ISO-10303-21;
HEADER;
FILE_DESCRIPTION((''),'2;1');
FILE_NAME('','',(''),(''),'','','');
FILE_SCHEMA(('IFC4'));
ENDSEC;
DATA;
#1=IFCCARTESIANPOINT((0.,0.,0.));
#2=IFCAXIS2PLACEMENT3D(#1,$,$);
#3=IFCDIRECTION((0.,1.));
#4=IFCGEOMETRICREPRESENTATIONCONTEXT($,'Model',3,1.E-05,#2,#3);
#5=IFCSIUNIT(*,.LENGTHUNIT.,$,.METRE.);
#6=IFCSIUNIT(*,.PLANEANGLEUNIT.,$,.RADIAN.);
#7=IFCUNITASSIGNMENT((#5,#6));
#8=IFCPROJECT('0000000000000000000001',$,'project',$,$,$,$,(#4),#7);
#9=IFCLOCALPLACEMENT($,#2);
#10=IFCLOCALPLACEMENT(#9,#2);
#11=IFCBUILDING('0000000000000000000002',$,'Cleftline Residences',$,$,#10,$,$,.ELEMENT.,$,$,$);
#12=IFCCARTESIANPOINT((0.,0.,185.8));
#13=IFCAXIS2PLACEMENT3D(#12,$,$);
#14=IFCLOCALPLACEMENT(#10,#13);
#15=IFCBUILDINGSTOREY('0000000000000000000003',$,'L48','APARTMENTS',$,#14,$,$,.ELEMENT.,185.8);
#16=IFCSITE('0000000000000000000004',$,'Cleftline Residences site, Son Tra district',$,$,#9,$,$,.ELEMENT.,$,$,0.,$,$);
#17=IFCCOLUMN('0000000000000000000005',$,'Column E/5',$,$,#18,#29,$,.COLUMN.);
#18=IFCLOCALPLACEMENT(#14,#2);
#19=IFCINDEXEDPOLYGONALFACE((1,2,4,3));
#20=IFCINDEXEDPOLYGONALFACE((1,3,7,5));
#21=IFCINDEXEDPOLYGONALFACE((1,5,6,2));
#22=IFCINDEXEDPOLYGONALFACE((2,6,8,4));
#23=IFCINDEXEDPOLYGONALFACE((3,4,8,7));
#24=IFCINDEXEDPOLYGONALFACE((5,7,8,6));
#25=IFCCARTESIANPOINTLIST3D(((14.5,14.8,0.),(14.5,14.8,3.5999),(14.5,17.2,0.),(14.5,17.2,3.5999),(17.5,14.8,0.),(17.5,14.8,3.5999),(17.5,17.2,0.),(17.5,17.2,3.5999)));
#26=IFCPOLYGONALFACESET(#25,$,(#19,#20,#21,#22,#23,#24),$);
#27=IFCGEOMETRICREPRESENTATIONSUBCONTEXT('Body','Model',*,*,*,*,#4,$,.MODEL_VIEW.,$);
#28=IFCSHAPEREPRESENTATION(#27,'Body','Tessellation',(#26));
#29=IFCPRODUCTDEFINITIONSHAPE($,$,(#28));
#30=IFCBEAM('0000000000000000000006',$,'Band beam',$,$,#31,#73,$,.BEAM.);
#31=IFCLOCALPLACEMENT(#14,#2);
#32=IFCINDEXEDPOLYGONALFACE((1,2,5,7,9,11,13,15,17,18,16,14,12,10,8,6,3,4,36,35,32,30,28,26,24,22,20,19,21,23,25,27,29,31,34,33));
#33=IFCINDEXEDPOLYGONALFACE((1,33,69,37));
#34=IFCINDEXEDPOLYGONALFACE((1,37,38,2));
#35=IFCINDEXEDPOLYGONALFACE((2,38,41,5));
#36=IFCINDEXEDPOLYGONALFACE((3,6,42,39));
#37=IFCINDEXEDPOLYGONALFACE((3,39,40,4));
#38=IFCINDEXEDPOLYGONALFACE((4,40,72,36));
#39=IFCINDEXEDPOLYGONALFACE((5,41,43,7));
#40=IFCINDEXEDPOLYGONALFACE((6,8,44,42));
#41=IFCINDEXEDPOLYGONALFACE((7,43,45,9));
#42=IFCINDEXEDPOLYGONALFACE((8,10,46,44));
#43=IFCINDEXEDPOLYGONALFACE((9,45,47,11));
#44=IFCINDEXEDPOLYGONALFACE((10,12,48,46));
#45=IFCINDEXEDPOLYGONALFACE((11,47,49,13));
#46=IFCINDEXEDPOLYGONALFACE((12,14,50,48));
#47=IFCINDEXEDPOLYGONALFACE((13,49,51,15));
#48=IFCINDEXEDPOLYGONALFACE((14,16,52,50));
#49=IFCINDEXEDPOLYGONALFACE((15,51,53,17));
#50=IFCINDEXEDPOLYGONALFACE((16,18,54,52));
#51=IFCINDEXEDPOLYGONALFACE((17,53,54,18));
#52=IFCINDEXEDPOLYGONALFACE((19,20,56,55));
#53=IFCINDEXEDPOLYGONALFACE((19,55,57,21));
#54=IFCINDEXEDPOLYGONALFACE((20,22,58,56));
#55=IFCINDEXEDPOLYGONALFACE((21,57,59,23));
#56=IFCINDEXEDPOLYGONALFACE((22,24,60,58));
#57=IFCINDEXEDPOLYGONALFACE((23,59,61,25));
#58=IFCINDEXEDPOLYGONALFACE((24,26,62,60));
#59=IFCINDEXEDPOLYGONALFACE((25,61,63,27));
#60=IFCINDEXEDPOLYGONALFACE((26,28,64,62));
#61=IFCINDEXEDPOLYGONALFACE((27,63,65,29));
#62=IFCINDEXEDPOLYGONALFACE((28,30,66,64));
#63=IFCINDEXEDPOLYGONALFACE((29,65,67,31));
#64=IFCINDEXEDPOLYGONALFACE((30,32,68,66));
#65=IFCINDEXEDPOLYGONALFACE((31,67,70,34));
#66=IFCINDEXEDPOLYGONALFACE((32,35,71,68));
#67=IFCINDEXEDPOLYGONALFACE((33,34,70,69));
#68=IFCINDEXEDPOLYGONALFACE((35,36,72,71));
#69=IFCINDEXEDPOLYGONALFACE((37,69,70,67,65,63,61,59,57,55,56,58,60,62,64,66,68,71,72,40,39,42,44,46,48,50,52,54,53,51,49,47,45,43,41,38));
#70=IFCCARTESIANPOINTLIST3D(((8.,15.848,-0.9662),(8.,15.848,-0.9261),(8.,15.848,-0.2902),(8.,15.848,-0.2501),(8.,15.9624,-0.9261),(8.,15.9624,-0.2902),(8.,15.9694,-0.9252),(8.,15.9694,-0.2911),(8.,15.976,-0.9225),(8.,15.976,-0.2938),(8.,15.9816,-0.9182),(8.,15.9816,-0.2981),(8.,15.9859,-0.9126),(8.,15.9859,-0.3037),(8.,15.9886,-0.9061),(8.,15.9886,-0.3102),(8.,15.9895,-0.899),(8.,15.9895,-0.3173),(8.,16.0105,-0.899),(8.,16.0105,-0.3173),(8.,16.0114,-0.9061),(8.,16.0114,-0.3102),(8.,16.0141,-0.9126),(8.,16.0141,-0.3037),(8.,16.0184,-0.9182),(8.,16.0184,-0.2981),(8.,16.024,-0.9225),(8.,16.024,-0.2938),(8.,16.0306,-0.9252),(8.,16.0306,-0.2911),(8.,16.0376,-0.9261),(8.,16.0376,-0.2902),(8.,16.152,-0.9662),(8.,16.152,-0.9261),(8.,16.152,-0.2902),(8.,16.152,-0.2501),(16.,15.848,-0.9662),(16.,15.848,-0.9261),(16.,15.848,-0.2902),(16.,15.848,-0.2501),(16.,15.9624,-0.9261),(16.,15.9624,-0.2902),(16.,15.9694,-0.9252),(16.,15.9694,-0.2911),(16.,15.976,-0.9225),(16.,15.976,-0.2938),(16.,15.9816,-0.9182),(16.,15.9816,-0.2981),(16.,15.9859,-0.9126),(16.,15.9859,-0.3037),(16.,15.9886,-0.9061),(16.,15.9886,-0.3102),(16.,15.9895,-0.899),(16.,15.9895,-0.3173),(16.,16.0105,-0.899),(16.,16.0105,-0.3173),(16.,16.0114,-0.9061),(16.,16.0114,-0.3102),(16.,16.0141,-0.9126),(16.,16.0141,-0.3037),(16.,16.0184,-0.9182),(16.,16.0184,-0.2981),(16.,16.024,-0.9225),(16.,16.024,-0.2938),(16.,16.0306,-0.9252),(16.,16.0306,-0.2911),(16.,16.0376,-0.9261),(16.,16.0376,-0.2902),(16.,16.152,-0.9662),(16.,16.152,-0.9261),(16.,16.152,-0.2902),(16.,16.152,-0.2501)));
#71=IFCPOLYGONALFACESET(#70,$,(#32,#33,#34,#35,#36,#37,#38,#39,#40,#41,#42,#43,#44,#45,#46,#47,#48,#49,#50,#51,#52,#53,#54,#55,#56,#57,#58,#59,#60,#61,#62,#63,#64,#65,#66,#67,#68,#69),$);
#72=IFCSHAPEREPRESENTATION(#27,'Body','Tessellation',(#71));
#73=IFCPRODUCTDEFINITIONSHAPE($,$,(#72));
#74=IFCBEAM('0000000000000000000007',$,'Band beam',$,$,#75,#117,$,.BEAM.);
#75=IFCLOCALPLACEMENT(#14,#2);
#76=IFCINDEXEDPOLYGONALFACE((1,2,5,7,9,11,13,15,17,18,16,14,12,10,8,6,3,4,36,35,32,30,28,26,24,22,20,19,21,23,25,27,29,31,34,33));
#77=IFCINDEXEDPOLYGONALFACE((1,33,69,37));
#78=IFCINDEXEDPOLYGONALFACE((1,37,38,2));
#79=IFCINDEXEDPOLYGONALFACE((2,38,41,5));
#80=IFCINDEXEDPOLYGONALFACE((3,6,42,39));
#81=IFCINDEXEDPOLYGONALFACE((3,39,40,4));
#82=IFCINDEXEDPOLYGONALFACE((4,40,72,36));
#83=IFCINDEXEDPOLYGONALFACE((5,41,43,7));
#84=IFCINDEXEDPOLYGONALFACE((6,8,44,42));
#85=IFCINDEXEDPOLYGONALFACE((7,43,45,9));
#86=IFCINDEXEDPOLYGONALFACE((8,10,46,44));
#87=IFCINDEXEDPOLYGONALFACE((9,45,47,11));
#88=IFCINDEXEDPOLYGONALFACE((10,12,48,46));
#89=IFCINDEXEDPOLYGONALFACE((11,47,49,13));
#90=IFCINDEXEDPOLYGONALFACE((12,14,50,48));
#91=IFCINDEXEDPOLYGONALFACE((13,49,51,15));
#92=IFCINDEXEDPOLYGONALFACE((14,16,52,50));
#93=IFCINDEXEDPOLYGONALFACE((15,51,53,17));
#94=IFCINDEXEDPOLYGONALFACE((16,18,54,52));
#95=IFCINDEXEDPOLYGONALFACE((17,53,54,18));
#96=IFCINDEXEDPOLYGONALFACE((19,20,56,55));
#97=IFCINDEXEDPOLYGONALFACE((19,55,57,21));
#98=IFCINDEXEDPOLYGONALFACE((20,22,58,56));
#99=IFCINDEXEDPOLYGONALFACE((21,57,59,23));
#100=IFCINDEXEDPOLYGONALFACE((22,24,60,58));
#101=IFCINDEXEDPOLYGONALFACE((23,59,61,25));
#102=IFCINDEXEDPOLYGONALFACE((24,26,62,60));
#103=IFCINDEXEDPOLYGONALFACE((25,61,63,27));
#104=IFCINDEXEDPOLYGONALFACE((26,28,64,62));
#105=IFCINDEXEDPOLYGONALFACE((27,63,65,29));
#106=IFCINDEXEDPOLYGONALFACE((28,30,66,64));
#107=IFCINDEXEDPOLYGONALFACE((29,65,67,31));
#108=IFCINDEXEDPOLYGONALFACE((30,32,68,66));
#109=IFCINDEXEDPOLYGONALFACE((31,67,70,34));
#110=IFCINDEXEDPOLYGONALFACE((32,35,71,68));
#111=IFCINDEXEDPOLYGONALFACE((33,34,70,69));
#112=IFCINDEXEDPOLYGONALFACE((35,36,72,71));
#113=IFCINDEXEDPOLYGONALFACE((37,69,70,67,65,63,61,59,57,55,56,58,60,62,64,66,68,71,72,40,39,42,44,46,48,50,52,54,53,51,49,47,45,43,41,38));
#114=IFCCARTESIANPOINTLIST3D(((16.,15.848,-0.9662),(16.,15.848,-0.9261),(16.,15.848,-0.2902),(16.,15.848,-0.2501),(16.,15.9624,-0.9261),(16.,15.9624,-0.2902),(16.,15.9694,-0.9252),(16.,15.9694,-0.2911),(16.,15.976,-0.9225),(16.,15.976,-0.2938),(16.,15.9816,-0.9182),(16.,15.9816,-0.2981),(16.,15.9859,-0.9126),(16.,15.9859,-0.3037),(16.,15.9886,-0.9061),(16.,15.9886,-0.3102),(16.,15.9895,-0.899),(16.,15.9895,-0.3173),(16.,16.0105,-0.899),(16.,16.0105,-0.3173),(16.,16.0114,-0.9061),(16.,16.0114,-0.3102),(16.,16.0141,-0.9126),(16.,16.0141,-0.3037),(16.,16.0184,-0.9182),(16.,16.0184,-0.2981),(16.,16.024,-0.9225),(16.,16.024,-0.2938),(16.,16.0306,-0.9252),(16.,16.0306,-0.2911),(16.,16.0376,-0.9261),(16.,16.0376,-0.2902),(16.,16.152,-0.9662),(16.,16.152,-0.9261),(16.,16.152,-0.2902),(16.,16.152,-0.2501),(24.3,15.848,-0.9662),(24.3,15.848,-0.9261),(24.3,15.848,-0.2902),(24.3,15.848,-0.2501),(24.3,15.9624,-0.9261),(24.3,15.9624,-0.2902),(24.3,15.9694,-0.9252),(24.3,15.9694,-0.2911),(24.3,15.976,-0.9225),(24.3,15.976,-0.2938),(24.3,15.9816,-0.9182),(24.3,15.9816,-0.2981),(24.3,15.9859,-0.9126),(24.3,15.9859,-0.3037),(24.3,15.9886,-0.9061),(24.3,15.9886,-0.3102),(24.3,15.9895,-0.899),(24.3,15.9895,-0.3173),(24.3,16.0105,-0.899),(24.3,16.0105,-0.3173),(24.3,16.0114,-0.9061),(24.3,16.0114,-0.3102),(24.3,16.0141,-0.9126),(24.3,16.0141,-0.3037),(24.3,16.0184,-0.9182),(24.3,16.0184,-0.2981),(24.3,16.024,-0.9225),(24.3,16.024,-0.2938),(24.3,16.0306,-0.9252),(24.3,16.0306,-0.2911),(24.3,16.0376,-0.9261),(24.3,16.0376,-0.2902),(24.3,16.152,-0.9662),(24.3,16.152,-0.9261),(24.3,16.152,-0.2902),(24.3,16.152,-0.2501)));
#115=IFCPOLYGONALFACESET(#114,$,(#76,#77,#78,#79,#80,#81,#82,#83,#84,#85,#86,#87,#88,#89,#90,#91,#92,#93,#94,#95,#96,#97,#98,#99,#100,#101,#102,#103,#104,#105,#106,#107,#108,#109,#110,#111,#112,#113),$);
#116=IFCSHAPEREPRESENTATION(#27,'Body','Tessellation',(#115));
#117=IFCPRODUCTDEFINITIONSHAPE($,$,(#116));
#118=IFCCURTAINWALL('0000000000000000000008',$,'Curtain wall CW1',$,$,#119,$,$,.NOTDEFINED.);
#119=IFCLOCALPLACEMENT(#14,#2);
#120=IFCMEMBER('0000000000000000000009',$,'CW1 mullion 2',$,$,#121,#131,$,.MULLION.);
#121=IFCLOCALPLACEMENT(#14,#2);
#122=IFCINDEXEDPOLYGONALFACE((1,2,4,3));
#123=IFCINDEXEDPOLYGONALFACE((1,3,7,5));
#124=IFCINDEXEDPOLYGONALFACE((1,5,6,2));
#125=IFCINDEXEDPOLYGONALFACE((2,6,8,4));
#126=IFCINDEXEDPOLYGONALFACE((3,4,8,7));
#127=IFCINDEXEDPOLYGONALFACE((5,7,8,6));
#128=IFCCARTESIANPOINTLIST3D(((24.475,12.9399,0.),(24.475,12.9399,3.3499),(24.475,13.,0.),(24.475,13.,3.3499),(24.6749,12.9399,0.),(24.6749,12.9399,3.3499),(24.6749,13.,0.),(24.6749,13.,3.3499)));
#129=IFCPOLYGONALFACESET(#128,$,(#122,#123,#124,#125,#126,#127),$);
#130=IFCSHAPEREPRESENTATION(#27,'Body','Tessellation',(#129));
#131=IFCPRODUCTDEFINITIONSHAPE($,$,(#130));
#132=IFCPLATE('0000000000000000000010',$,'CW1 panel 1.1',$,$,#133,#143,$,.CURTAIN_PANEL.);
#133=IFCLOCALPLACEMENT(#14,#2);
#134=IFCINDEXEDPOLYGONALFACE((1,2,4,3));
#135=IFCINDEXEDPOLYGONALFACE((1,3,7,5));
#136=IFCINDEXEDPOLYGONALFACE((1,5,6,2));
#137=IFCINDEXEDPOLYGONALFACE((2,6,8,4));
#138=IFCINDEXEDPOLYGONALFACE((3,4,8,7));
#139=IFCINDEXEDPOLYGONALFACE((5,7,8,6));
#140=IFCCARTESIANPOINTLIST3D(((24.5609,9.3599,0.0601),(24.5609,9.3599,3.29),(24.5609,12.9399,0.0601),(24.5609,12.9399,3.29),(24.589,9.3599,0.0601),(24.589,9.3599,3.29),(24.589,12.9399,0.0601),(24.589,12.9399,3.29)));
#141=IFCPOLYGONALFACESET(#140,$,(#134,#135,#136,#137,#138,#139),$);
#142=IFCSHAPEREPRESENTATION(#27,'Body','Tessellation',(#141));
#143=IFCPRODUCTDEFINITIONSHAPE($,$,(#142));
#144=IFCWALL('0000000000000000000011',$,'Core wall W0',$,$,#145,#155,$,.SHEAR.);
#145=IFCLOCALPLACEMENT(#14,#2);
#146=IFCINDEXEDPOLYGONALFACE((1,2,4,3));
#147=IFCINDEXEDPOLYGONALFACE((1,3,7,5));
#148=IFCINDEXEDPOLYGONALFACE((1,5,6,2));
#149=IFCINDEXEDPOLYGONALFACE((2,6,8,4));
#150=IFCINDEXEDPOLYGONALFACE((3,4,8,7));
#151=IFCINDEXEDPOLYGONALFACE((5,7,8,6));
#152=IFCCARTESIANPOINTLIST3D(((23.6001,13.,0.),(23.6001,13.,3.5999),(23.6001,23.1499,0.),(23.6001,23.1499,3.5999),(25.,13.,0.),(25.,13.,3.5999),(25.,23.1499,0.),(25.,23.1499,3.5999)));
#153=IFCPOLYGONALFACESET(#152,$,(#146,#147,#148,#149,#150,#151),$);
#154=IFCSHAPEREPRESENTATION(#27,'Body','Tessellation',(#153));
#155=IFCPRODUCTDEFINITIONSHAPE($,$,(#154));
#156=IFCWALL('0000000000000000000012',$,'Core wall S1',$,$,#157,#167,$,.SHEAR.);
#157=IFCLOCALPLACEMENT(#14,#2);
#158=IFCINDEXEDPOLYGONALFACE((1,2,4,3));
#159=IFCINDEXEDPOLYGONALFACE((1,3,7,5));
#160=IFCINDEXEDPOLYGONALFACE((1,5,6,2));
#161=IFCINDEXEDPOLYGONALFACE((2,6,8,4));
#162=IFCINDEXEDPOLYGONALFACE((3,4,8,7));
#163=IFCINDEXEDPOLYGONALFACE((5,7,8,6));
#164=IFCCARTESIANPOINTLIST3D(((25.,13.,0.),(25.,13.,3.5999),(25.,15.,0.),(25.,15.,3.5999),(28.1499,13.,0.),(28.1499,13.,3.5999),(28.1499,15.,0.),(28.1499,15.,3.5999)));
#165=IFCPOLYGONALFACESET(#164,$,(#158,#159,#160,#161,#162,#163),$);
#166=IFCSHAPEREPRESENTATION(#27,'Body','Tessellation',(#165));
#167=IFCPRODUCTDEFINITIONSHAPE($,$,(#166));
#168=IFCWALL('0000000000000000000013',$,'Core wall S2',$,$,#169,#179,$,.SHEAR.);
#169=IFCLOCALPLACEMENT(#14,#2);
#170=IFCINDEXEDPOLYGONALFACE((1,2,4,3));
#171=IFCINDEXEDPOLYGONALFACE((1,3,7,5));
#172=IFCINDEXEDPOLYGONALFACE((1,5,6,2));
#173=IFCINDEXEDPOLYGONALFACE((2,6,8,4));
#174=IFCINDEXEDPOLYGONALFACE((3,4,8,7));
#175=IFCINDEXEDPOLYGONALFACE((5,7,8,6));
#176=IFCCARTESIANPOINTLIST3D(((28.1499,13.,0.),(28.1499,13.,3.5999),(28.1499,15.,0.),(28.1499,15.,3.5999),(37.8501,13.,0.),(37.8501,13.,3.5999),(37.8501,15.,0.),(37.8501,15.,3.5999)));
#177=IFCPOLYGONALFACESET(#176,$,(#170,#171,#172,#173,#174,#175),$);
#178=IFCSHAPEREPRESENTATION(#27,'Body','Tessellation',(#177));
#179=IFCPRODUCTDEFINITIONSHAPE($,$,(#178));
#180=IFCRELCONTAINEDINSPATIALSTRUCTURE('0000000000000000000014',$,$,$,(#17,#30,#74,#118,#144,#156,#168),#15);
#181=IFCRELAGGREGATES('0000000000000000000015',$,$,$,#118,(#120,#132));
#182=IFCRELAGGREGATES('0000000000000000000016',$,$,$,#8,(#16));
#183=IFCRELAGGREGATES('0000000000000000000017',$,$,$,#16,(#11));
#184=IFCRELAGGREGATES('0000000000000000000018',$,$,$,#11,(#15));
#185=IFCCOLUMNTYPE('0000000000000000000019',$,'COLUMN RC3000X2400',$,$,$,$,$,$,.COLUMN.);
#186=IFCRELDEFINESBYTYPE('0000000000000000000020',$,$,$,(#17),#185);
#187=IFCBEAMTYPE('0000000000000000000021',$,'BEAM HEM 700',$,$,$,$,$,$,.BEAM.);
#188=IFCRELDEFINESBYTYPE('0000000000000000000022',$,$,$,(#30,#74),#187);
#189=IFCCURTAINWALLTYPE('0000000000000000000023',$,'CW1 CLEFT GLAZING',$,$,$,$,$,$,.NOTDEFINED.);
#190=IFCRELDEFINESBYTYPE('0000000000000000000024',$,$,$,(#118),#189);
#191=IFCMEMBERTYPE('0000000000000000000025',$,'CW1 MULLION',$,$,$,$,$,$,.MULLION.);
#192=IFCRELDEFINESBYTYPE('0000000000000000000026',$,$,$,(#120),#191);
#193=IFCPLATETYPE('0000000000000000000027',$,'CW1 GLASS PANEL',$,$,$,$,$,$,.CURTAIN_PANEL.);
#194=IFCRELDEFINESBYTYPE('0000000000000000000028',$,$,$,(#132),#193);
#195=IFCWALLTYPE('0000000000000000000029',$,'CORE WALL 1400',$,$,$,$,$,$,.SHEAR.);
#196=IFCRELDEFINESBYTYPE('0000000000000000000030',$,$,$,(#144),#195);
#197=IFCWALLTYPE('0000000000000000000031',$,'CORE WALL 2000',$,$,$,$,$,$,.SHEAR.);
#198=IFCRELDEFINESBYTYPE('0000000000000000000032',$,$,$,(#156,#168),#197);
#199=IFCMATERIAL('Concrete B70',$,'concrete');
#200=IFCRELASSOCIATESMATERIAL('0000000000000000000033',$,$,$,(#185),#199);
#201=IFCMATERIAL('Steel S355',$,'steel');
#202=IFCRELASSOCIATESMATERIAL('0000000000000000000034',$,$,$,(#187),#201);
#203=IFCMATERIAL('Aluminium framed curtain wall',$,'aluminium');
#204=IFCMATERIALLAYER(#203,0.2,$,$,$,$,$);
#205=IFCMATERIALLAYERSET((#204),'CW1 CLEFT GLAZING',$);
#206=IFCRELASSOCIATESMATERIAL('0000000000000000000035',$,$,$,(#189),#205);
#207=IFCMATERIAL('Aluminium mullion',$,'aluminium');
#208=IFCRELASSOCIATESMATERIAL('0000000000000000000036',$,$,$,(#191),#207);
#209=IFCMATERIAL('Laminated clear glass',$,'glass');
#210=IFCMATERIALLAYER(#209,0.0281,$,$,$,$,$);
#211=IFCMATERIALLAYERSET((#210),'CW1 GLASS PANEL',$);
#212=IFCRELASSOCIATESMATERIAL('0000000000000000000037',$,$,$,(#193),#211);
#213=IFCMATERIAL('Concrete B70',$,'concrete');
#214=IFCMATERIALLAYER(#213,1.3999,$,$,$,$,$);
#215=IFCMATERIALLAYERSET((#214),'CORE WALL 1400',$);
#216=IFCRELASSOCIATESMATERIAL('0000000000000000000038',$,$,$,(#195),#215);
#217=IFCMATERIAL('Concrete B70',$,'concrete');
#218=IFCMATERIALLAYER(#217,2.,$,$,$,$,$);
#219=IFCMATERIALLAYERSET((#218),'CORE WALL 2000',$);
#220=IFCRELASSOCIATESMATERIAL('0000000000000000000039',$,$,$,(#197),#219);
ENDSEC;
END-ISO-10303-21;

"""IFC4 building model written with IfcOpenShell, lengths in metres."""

from ifc_helpers import new_model, si_unit, direction, frame, frame_2d, origin, origin_2d, place, context, subcontext, project, spatial, rectangle, i_section, extrude, material, layer, layer_set, material_profile, profile_set, type_object, element, aggregate, save


model = new_model("IFC4")

# Units and contexts
model_context = context("Model", 3, precision=1e-05, world=origin(), true_north=direction((0.0, 1.0)))
body_context = subcontext(model_context, "Body", "Model", "MODEL_VIEW")
ifc_project = project(units=[si_unit("LENGTHUNIT", "METRE"), si_unit("PLANEANGLEUNIT", "RADIAN")], contexts=[model_context])

# Site, building, storey
site_placement = place(None, origin())
site = spatial("IfcSite", under=ifc_project, at=site_placement, Name="Cleftline Residences site, Son Tra district", CompositionType="ELEMENT", RefElevation=0.0)
building_placement = place(site_placement, origin())
building = spatial("IfcBuilding", under=site, at=building_placement, Name="Cleftline Residences", CompositionType="ELEMENT")
storey_placement = place(building_placement, frame((0.0, 0.0, 185.8)))
storey = spatial("IfcBuildingStorey", under=building, at=storey_placement, Name="L48", Description="APARTMENTS", CompositionType="ELEMENT", Elevation=185.8)

# Column
ifc_material_1 = material(Name="Concrete B70", Category="concrete")
ifc_material_profile_1 = material_profile(ifc_material_1, rectangle(XDim=3.0, YDim=2.3999, at=origin_2d()))
ifc_profile_set_1 = profile_set([ifc_material_profile_1], Name="Concrete B70")
column_type = type_object("IfcColumnType", Name="COLUMN RC3000X2400", PredefinedType="COLUMN", material=ifc_profile_set_1)
column_placement = place(storey_placement, frame((16.0, 16.0, 0.0), z_axis=(0.0, 0.0, 1.0), x_axis=(1.0, 0.0, 0.0)))
element("IfcColumn", 1, at=column_placement, inside=storey, type_object=column_type, Name="Column E/5", PredefinedType="COLUMN", context=body_context, shape_type="SweptSolid", body=[
    extrude(rectangle(XDim=3.0, YDim=2.3999, at=origin_2d()), origin(), (0.0, 0.0, 1.0), 3.5999),
])

# Beams
ifc_material_2 = material(Name="Steel S355", Category="steel")
ifc_material_profile_2 = material_profile(ifc_material_2, i_section(OverallWidth=0.304, OverallDepth=0.7161, WebThickness=0.021, FlangeThickness=0.04, FilletRadius=0.0271, at=origin_2d()))
ifc_profile_set_2 = profile_set([ifc_material_profile_2], Name="Steel S355")
beam_type = type_object("IfcBeamType", Name="BEAM HEM 700", PredefinedType="BEAM", material=ifc_profile_set_2)
beam_1_placement = place(storey_placement, frame((8.0, 16.0, -0.6082), z_axis=(1.0, 0.0, 0.0), x_axis=(0.0, 1.0, 0.0)))
element("IfcBeam", 2, at=beam_1_placement, inside=storey, type_object=beam_type, Name="Band beam", PredefinedType="BEAM", context=body_context, shape_type="SweptSolid", body=[
    extrude(i_section(OverallWidth=0.304, OverallDepth=0.7161, WebThickness=0.021, FlangeThickness=0.04, FilletRadius=0.0271, at=origin_2d()), origin(), (0.0, 0.0, 1.0), 8.0),
])
beam_2_placement = place(storey_placement, frame((16.0, 16.0, -0.6082), z_axis=(1.0, 0.0, 0.0), x_axis=(0.0, 1.0, 0.0)))
element("IfcBeam", 3, at=beam_2_placement, inside=storey, type_object=beam_type, Name="Band beam", PredefinedType="BEAM", context=body_context, shape_type="SweptSolid", body=[
    extrude(i_section(OverallWidth=0.304, OverallDepth=0.7161, WebThickness=0.021, FlangeThickness=0.04, FilletRadius=0.0271, at=origin_2d()), origin(), (0.0, 0.0, 1.0), 8.3),
])

# Curtain wall, member, plate
ifc_material_3 = material(Name="Aluminium framed curtain wall", Category="aluminium")
ifc_layer_1 = layer(ifc_material_3, 0.2)
ifc_layer_set_1 = layer_set([ifc_layer_1], Name="CW1 CLEFT GLAZING")
curtain_wall_type = type_object("IfcCurtainWallType", Name="CW1 CLEFT GLAZING", PredefinedType="NOTDEFINED", material=ifc_layer_set_1)
curtain_wall_placement = place(storey_placement, origin())
curtain_wall = element("IfcCurtainWall", 4, at=curtain_wall_placement, inside=storey, type_object=curtain_wall_type, Name="Curtain wall CW1", PredefinedType="NOTDEFINED")
ifc_material_4 = material(Name="Aluminium mullion", Category="aluminium")
ifc_material_profile_3 = material_profile(ifc_material_4, rectangle(XDim=0.2, YDim=0.0601, at=origin_2d()))
ifc_profile_set_3 = profile_set([ifc_material_profile_3], Name="Aluminium mullion")
member_type = type_object("IfcMemberType", Name="CW1 MULLION", PredefinedType="MULLION", material=ifc_profile_set_3)
member_placement = place(storey_placement, frame((24.575, 12.97, 0.0), z_axis=(0.0, 0.0, 1.0), x_axis=(-1.0, 0.0, 0.0)))
member = element("IfcMember", 5, at=member_placement, type_object=member_type, Name="CW1 mullion 2", PredefinedType="MULLION", context=body_context, shape_type="SweptSolid", body=[
    extrude(rectangle(XDim=0.2, YDim=0.0601, at=origin_2d()), origin(), (0.0, 0.0, 1.0), 3.3499),
])
ifc_material_5 = material(Name="Laminated clear glass", Category="glass")
ifc_layer_2 = layer(ifc_material_5, 0.0281)
ifc_layer_set_2 = layer_set([ifc_layer_2], Name="CW1 GLASS PANEL")
plate_type = type_object("IfcPlateType", Name="CW1 GLASS PANEL", PredefinedType="CURTAIN_PANEL", material=ifc_layer_set_2)
plate_placement = place(storey_placement, frame((24.575, 11.1499, 0.0601), z_axis=(0.0, 0.0, 1.0), x_axis=(0.0, 1.0, 0.0)))
plate = element("IfcPlate", 6, at=plate_placement, type_object=plate_type, Name="CW1 panel 1.1", PredefinedType="CURTAIN_PANEL", context=body_context, shape_type="SweptSolid", body=[
    extrude(rectangle(XDim=3.5801, YDim=0.0281, at=origin_2d()), origin(), (0.0, 0.0, 1.0), 3.23),
])
aggregate(curtain_wall, [member, plate])

# Walls
ifc_material_6 = material(Name="Concrete B70", Category="concrete")
ifc_layer_3 = layer(ifc_material_6, 1.3999)
ifc_layer_set_3 = layer_set([ifc_layer_3], Name="CORE WALL 1400")
wall_type_1 = type_object("IfcWallType", Name="CORE WALL 1400", PredefinedType="SHEAR", material=ifc_layer_set_3)
wall_1_placement = place(storey_placement, frame((24.3, 13.0, 0.0), z_axis=(0.0, 0.0, 1.0), x_axis=(0.0, 1.0, 0.0)))
element("IfcWall", 7, at=wall_1_placement, inside=storey, type_object=wall_type_1, Name="Core wall W0", PredefinedType="SHEAR", context=body_context, shape_type="SweptSolid", body=[
    extrude(rectangle(XDim=10.1499, YDim=1.3999, at=frame_2d((5.075, 0.0))), origin(), (0.0, 0.0, 1.0), 3.5999),
])
ifc_material_7 = material(Name="Concrete B70", Category="concrete")
ifc_layer_4 = layer(ifc_material_7, 2.0)
ifc_layer_set_4 = layer_set([ifc_layer_4], Name="CORE WALL 2000")
wall_type_2 = type_object("IfcWallType", Name="CORE WALL 2000", PredefinedType="SHEAR", material=ifc_layer_set_4)
wall_2_placement = place(storey_placement, frame((25.0, 14.0, 0.0), z_axis=(0.0, 0.0, 1.0), x_axis=(1.0, 0.0, 0.0)))
element("IfcWall", 8, at=wall_2_placement, inside=storey, type_object=wall_type_2, Name="Core wall S1", PredefinedType="SHEAR", context=body_context, shape_type="SweptSolid", body=[
    extrude(rectangle(XDim=3.1499, YDim=2.0, at=frame_2d((1.575, 0.0))), origin(), (0.0, 0.0, 1.0), 3.5999),
])
wall_3_placement = place(storey_placement, frame((28.1499, 14.0, 0.0), z_axis=(0.0, 0.0, 1.0), x_axis=(1.0, 0.0, 0.0)))
element("IfcWall", 9, at=wall_3_placement, inside=storey, type_object=wall_type_2, Name="Core wall S2", PredefinedType="SHEAR", context=body_context, shape_type="SweptSolid", body=[
    extrude(rectangle(XDim=9.7002, YDim=2.0, at=frame_2d((4.8501, 0.0))), origin(), (0.0, 0.0, 1.0), 3.5999),
])

save(model, "model.ifc")
